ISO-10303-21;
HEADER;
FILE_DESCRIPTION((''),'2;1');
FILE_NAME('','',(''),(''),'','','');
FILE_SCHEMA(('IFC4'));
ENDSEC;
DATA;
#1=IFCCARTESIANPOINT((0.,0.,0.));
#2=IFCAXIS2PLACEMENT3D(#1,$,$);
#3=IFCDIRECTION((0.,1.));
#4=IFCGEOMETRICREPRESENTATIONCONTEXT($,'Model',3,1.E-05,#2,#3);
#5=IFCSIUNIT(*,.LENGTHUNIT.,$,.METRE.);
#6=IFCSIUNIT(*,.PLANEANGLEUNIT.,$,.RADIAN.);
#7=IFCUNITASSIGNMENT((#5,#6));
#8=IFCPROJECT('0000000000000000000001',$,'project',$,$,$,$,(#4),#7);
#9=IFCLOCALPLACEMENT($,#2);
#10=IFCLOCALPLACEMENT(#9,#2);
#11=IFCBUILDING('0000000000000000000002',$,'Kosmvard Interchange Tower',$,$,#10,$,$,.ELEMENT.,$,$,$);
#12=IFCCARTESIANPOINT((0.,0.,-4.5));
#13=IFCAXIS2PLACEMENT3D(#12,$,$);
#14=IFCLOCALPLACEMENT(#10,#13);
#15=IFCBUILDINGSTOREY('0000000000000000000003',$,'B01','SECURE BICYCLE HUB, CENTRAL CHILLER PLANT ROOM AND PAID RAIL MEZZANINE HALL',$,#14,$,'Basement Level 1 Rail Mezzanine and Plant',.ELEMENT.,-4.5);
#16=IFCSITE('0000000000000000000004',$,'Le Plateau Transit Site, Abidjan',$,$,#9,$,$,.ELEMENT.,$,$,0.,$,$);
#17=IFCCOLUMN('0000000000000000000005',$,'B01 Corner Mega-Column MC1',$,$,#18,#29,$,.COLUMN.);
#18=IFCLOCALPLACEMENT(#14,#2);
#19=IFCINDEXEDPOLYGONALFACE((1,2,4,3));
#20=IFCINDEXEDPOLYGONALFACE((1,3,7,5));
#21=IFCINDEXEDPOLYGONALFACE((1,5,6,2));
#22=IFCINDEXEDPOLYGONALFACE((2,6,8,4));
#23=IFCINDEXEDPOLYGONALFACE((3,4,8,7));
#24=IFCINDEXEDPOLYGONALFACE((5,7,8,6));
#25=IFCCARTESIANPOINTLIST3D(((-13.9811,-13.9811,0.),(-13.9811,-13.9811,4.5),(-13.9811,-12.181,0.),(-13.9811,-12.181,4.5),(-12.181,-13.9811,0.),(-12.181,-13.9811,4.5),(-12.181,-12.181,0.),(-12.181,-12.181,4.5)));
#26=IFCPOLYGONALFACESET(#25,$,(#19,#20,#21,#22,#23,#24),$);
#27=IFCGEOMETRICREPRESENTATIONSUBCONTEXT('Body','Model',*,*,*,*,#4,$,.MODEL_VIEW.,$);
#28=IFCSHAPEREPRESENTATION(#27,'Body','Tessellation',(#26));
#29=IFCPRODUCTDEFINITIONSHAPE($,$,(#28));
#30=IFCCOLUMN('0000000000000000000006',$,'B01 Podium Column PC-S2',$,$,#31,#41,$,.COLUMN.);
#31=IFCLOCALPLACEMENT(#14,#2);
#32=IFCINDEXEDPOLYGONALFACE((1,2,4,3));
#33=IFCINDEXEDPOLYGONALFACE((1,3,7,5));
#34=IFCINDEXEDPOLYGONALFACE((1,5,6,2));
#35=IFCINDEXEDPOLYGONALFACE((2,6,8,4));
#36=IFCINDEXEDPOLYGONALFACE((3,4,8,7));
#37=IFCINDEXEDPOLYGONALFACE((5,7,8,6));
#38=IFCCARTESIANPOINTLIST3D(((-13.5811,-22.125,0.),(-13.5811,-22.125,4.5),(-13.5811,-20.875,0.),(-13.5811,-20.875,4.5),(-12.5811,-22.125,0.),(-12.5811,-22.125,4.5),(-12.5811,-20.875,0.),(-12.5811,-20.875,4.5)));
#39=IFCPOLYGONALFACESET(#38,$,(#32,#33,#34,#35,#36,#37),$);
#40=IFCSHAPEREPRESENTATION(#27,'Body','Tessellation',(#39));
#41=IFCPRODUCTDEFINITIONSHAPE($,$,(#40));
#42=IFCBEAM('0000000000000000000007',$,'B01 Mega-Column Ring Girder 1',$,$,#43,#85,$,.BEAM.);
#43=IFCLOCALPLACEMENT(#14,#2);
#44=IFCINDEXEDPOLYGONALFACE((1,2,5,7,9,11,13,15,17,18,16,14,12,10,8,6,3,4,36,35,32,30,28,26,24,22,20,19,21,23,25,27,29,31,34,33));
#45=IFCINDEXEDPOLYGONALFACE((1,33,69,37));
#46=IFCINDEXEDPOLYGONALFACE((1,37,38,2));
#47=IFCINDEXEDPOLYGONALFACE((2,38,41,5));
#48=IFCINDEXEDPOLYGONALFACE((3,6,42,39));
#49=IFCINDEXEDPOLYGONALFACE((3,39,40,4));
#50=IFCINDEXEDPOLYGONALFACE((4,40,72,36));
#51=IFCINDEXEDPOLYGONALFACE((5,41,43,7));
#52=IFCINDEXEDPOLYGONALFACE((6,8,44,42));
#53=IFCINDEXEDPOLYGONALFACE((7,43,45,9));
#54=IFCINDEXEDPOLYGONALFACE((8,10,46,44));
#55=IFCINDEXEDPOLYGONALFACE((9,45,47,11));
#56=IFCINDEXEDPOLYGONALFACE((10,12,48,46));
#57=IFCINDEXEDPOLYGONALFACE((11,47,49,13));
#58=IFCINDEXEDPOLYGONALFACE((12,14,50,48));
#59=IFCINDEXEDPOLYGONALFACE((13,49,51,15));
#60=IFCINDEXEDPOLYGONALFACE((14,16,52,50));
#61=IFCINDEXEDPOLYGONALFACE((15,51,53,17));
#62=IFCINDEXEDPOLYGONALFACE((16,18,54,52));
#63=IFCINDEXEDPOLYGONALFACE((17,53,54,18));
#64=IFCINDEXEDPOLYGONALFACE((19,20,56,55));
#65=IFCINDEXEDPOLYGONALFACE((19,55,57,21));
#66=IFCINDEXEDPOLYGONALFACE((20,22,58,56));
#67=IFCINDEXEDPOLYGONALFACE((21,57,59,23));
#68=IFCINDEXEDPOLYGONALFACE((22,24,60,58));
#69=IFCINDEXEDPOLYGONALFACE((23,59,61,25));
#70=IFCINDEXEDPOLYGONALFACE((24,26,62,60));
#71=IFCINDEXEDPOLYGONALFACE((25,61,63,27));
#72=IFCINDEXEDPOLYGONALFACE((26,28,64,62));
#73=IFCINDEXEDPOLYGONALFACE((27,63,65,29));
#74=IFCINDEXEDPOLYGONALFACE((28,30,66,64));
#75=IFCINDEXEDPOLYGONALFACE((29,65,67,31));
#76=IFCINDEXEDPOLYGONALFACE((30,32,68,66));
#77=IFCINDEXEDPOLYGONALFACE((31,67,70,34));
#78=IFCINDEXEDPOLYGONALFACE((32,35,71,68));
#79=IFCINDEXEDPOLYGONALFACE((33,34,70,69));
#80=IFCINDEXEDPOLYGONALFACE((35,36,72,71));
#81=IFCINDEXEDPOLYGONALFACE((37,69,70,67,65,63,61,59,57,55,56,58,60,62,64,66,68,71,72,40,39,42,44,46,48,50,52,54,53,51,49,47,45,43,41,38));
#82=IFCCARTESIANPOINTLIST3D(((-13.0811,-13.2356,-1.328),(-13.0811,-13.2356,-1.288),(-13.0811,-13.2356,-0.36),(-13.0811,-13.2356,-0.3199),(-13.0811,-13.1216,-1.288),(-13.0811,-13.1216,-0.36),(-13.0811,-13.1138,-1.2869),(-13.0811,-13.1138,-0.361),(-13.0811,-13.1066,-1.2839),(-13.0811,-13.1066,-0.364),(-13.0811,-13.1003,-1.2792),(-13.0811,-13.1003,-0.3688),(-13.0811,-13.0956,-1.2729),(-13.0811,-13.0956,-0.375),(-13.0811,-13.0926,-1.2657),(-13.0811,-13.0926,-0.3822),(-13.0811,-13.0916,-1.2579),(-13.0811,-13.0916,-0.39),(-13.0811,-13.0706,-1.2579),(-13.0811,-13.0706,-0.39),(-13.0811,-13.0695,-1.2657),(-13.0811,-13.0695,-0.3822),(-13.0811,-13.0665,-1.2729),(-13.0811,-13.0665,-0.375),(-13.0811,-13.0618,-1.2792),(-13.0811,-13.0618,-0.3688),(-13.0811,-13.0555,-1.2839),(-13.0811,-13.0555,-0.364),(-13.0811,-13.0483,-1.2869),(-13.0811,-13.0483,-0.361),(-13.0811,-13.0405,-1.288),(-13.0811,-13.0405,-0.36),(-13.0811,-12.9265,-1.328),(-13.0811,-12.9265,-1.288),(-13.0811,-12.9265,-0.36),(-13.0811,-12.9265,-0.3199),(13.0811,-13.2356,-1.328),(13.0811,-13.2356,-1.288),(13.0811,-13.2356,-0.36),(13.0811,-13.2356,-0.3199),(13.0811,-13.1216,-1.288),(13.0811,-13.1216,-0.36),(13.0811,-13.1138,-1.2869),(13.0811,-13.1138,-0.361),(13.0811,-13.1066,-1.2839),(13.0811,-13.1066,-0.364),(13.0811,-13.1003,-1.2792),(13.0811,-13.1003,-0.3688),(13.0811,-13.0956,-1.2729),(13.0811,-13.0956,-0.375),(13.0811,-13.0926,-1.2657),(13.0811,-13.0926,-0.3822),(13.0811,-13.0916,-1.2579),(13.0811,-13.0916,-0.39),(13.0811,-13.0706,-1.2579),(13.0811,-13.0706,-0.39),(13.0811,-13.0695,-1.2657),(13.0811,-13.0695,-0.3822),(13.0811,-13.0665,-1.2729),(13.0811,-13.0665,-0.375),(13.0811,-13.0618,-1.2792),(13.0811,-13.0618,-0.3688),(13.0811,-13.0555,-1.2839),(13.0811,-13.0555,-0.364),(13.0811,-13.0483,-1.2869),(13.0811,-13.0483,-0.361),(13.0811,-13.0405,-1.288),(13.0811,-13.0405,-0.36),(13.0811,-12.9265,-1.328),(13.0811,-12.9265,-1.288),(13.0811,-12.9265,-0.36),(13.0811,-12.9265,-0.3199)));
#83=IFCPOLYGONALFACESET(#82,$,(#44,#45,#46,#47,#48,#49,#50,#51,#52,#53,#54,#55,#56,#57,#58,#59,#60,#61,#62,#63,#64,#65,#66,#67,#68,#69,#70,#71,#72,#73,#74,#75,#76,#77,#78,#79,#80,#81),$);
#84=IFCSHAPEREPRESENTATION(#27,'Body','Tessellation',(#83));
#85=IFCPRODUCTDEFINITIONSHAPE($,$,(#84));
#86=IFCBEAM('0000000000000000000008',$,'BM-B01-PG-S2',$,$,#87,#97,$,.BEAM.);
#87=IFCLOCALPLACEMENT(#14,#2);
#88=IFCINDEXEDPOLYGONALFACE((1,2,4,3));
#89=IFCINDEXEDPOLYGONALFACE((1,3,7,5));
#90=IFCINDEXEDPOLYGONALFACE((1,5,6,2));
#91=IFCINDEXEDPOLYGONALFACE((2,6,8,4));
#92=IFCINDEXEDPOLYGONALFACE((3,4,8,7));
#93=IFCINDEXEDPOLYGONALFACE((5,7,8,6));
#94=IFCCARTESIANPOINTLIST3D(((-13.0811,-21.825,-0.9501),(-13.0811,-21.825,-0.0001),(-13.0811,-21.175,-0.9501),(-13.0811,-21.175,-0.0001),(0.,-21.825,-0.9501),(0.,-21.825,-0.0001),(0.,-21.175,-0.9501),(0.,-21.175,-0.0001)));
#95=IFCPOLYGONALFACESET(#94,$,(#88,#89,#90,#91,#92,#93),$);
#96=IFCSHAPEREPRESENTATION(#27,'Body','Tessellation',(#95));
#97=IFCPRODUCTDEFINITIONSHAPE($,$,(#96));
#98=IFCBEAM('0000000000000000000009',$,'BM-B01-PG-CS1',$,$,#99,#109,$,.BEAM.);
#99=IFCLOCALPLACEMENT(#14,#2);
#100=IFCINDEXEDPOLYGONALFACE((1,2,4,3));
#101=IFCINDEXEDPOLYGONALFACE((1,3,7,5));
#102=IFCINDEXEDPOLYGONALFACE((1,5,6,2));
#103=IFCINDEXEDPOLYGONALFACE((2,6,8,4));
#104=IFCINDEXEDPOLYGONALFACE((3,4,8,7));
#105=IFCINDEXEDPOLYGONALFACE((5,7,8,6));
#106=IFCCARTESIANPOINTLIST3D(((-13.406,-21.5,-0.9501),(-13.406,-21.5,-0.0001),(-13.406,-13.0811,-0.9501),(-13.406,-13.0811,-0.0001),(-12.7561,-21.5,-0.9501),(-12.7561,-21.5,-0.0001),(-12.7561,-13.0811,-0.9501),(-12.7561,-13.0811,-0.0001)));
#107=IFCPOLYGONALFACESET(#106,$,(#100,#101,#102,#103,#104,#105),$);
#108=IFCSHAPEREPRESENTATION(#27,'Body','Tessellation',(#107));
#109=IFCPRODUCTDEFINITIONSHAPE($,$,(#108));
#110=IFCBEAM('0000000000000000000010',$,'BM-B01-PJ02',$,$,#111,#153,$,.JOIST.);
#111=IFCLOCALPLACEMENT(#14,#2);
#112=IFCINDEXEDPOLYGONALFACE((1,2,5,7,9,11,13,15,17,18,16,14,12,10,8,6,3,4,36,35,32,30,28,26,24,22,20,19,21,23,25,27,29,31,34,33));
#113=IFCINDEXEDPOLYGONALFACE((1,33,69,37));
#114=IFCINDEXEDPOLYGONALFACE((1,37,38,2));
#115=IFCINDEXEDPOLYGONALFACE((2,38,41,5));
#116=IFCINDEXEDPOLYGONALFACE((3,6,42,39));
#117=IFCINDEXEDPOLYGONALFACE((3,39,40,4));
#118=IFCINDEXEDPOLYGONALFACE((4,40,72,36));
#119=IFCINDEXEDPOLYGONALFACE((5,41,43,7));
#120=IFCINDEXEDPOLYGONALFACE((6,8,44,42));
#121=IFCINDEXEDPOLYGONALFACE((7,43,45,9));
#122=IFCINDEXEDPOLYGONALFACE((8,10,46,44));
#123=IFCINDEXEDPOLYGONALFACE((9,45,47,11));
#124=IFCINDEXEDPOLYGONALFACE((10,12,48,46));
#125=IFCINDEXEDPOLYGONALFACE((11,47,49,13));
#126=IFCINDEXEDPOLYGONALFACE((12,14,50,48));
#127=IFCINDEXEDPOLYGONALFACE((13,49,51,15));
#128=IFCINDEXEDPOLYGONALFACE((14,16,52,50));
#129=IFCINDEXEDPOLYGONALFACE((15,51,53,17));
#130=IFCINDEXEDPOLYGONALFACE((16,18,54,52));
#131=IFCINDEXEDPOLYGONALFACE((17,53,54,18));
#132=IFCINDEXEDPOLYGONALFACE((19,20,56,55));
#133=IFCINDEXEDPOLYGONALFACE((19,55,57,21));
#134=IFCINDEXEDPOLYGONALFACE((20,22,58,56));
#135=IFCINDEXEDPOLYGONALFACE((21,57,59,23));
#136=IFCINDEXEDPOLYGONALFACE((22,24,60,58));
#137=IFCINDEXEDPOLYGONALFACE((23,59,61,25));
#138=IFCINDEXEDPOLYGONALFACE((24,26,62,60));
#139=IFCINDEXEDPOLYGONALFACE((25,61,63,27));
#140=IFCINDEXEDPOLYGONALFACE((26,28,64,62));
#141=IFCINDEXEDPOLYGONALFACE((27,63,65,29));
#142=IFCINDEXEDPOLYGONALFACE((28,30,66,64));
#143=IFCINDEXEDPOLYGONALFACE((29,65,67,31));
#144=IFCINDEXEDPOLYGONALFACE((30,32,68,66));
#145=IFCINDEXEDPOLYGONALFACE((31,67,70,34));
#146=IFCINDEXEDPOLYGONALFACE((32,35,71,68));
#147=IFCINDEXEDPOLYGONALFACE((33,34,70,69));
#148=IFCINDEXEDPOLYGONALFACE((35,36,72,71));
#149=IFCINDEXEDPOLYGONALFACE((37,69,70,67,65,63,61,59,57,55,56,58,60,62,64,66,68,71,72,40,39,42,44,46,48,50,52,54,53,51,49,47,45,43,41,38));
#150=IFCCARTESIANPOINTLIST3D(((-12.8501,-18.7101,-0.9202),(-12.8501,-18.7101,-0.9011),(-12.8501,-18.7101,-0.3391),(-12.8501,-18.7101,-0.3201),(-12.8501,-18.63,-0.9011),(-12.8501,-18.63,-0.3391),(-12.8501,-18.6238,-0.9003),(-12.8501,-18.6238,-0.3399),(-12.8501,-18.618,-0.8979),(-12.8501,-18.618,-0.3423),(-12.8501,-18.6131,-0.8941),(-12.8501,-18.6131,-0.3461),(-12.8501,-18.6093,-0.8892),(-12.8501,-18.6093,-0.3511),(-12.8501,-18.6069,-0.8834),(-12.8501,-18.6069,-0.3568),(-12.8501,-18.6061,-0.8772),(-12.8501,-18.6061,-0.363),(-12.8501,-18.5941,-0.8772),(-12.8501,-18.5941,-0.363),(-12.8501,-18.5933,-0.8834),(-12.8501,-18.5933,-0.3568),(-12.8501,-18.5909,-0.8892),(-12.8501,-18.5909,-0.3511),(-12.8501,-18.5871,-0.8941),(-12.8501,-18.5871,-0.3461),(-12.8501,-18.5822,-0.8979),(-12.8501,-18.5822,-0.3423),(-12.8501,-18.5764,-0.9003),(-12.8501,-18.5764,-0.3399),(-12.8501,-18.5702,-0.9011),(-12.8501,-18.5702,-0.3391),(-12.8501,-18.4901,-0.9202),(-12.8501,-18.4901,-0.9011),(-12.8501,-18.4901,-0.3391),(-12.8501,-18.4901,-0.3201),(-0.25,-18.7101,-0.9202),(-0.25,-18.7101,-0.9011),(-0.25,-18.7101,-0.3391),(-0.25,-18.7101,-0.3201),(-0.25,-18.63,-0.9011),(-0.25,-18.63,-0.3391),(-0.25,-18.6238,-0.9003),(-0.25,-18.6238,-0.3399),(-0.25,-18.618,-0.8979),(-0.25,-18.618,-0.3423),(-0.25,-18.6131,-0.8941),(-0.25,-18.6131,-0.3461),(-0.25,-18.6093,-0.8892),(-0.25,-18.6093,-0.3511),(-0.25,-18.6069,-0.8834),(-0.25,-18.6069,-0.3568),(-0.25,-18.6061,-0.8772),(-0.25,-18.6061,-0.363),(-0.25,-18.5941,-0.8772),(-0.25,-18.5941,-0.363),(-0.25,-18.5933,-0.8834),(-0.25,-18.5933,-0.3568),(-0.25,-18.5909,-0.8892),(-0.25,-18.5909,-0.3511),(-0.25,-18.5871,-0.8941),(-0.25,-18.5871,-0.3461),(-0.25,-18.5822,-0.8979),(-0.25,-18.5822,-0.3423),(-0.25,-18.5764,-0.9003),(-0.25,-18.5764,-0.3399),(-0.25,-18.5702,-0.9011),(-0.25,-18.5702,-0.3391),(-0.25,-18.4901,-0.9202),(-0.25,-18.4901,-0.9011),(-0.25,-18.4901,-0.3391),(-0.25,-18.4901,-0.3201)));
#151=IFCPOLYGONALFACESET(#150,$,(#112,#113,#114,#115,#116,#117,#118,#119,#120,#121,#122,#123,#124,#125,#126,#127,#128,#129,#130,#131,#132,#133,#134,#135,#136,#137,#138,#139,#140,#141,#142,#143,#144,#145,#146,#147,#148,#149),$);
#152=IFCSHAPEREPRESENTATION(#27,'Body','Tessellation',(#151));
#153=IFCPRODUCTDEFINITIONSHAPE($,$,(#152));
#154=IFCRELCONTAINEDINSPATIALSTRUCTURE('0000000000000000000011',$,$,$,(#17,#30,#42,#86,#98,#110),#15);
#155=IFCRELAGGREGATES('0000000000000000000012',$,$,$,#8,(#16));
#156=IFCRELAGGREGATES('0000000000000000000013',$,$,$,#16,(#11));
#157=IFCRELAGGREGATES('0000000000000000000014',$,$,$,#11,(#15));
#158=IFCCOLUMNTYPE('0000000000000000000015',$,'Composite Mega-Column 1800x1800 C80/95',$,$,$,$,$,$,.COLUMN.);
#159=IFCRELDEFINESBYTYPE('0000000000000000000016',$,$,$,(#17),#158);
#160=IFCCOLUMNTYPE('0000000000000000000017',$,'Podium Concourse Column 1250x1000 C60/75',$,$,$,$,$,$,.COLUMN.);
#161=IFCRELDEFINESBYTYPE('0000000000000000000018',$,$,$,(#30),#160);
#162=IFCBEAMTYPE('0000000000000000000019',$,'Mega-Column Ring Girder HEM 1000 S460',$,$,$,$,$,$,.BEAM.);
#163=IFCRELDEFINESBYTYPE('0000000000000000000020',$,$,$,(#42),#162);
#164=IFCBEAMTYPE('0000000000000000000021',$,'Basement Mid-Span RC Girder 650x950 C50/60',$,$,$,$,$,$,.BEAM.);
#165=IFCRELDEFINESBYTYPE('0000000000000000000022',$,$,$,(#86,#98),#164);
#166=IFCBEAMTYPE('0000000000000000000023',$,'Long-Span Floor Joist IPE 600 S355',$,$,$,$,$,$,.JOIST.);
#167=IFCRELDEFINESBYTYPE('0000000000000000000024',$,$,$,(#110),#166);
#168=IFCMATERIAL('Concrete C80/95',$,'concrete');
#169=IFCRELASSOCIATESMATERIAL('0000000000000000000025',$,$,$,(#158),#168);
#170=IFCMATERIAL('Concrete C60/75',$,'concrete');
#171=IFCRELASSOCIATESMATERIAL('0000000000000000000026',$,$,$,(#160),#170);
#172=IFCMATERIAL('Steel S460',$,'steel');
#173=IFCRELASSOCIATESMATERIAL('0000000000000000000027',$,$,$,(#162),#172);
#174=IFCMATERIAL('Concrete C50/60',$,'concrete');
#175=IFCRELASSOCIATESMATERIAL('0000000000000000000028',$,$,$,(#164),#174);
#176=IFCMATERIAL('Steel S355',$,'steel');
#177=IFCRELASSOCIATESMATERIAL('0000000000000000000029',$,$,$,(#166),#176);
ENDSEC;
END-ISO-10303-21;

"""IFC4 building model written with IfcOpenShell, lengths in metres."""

from ifc_helpers import new_model, si_unit, direction, frame, origin, origin_2d, place, context, subcontext, project, spatial, rectangle, i_section, extrude, source, transform, mapped, material, material_profile, profile_set, type_object, element, save


model = new_model("IFC4")

# Units and contexts
model_context = context("Model", 3, precision=1e-05, world=origin(), true_north=direction((0.0, 1.0)))
body_context = subcontext(model_context, "Body", "Model", "MODEL_VIEW")
ifc_project = project(units=[si_unit("LENGTHUNIT", "METRE"), si_unit("PLANEANGLEUNIT", "RADIAN")], contexts=[model_context])

# Site, building, storey
site_placement = place(None, origin())
site = spatial("IfcSite", under=ifc_project, at=site_placement, Name="Le Plateau Transit Site, Abidjan", CompositionType="ELEMENT", RefElevation=0.0)
building_placement = place(site_placement, origin())
building = spatial("IfcBuilding", under=site, at=building_placement, Name="Kosmvard Interchange Tower", CompositionType="ELEMENT")
storey_placement = place(building_placement, frame((0.0, 0.0, -4.5)))
storey = spatial("IfcBuildingStorey", under=building, at=storey_placement, Name="B01", Description="SECURE BICYCLE HUB, CENTRAL CHILLER PLANT ROOM AND PAID RAIL MEZZANINE HALL", LongName="Basement Level 1 Rail Mezzanine and Plant", CompositionType="ELEMENT", Elevation=-4.5)

# Columns
ifc_material_1 = material(Name="Concrete C80/95", Category="concrete")
ifc_material_profile_1 = material_profile(ifc_material_1, rectangle(XDim=1.8, YDim=1.8, at=origin_2d()), Name="MC 1800x1800")
ifc_profile_set_1 = profile_set([ifc_material_profile_1], Name="Concrete C80/95")
column_type_1 = type_object("IfcColumnType", Name="Composite Mega-Column 1800x1800 C80/95", PredefinedType="COLUMN", material=ifc_profile_set_1)
shared_shape_1 = source(origin(), body_context, "Body", "SweptSolid", [
    extrude(rectangle(XDim=1.8, YDim=1.8, at=origin_2d()), origin(), (0.0, 0.0, 1.0), 4.5),
])
column_1_placement = place(storey_placement, frame((-13.0811, -13.0811, 0.0), z_axis=(0.0, 0.0, 1.0), x_axis=(1.0, 0.0, 0.0)))
element("IfcColumn", 1, at=column_1_placement, inside=storey, type_object=column_type_1, Name="B01 Corner Mega-Column MC1", PredefinedType="COLUMN", context=body_context, shape_type="MappedRepresentation", body=[
    mapped(shared_shape_1, transform((0.0, 0.0, 0.0), scale=1.0)),
])
ifc_material_2 = material(Name="Concrete C60/75", Category="concrete")
ifc_material_profile_2 = material_profile(ifc_material_2, rectangle(XDim=1.0, YDim=1.25, at=origin_2d()), Name="PC 1250x1000")
ifc_profile_set_2 = profile_set([ifc_material_profile_2], Name="Concrete C60/75")
column_type_2 = type_object("IfcColumnType", Name="Podium Concourse Column 1250x1000 C60/75", PredefinedType="COLUMN", material=ifc_profile_set_2)
shared_shape_2 = source(origin(), body_context, "Body", "SweptSolid", [
    extrude(rectangle(XDim=1.0, YDim=1.25, at=origin_2d()), origin(), (0.0, 0.0, 1.0), 4.5),
])
column_2_placement = place(storey_placement, frame((-13.0811, -21.5, 0.0), z_axis=(0.0, 0.0, 1.0), x_axis=(1.0, 0.0, 0.0)))
element("IfcColumn", 2, at=column_2_placement, inside=storey, type_object=column_type_2, Name="B01 Podium Column PC-S2", PredefinedType="COLUMN", context=body_context, shape_type="MappedRepresentation", body=[
    mapped(shared_shape_2, transform((0.0, 0.0, 0.0), scale=1.0)),
])

# Beams
ifc_material_3 = material(Name="Steel S460", Category="steel")
ifc_material_profile_3 = material_profile(ifc_material_3, i_section(OverallWidth=0.3091, OverallDepth=1.0081, WebThickness=0.021, FlangeThickness=0.04, FilletRadius=0.03, at=origin_2d()), Name="HEM 1000")
ifc_profile_set_3 = profile_set([ifc_material_profile_3], Name="Steel S460")
beam_type_1 = type_object("IfcBeamType", Name="Mega-Column Ring Girder HEM 1000 S460", PredefinedType="BEAM", material=ifc_profile_set_3)
shared_shape_3 = source(origin(), body_context, "Body", "SweptSolid", [
    extrude(i_section(OverallWidth=0.3091, OverallDepth=1.0081, WebThickness=0.021, FlangeThickness=0.04, FilletRadius=0.03, at=origin_2d()), origin(), (0.0, 0.0, 1.0), 26.1621),
])
beam_1_placement = place(storey_placement, frame((-13.0811, -13.0811, -0.824), z_axis=(1.0, 0.0, 0.0), x_axis=(0.0, 1.0, 0.0)))
element("IfcBeam", 3, at=beam_1_placement, inside=storey, type_object=beam_type_1, Name="B01 Mega-Column Ring Girder 1", PredefinedType="BEAM", context=body_context, shape_type="MappedRepresentation", body=[
    mapped(shared_shape_3, transform((0.0, 0.0, 0.0), scale=1.0)),
])
ifc_material_4 = material(Name="Concrete C50/60", Category="concrete")
ifc_material_profile_4 = material_profile(ifc_material_4, rectangle(XDim=0.6499, YDim=0.95, at=origin_2d()), Name="RCG 650x950")
ifc_profile_set_4 = profile_set([ifc_material_profile_4], Name="Concrete C50/60")
beam_type_2 = type_object("IfcBeamType", Name="Basement Mid-Span RC Girder 650x950 C50/60", PredefinedType="BEAM", material=ifc_profile_set_4)
shared_shape_4 = source(origin(), body_context, "Body", "SweptSolid", [
    extrude(rectangle(XDim=0.6499, YDim=0.95, at=origin_2d()), origin(), (0.0, 0.0, 1.0), 13.0811),
])
beam_2_placement = place(storey_placement, frame((-13.0811, -21.5, -0.4751), z_axis=(1.0, 0.0, 0.0), x_axis=(0.0, 1.0, 0.0)))
element("IfcBeam", 4, at=beam_2_placement, inside=storey, type_object=beam_type_2, Name="BM-B01-PG-S2", PredefinedType="BEAM", context=body_context, shape_type="MappedRepresentation", body=[
    mapped(shared_shape_4, transform((0.0, 0.0, 0.0), scale=1.0)),
])
shared_shape_5 = source(origin(), body_context, "Body", "SweptSolid", [
    extrude(rectangle(XDim=0.6499, YDim=0.95, at=origin_2d()), origin(), (0.0, 0.0, 1.0), 8.4189),
])
beam_3_placement = place(storey_placement, frame((-13.0811, -21.5, -0.4751), z_axis=(0.0, 1.0, 0.0), x_axis=(-1.0, 0.0, 0.0)))
element("IfcBeam", 5, at=beam_3_placement, inside=storey, type_object=beam_type_2, Name="BM-B01-PG-CS1", PredefinedType="BEAM", context=body_context, shape_type="MappedRepresentation", body=[
    mapped(shared_shape_5, transform((0.0, 0.0, 0.0), scale=1.0)),
])
ifc_material_5 = material(Name="Steel S355", Category="steel")
ifc_material_profile_5 = material_profile(ifc_material_5, i_section(OverallWidth=0.22, OverallDepth=0.6001, WebThickness=0.012, FlangeThickness=0.019, FilletRadius=0.0239, at=origin_2d()), Name="IPE 600")
ifc_profile_set_5 = profile_set([ifc_material_profile_5], Name="Steel S355")
beam_type_3 = type_object("IfcBeamType", Name="Long-Span Floor Joist IPE 600 S355", PredefinedType="JOIST", material=ifc_profile_set_5)
shared_shape_6 = source(origin(), body_context, "Body", "SweptSolid", [
    extrude(i_section(OverallWidth=0.22, OverallDepth=0.6001, WebThickness=0.012, FlangeThickness=0.019, FilletRadius=0.0239, at=origin_2d()), origin(), (0.0, 0.0, 1.0), 12.6001),
])
for number, where, z_axis, x_axis, name in (
    (6, (-12.8501, -18.6001, -0.6201), (1.0, 0.0, 0.0), (0.0, 1.0, 0.0), "BM-B01-PJ02"),
):
    element("IfcBeam", number, at=place(storey_placement, frame(where, z_axis=z_axis, x_axis=x_axis)), inside=storey, type_object=beam_type_3, Name=name, PredefinedType="JOIST", context=body_context, shape_type="MappedRepresentation", body=[
        mapped(shared_shape_6, transform((0.0, 0.0, 0.0), scale=1.0)),
    ])

save(model, "model.ifc")
